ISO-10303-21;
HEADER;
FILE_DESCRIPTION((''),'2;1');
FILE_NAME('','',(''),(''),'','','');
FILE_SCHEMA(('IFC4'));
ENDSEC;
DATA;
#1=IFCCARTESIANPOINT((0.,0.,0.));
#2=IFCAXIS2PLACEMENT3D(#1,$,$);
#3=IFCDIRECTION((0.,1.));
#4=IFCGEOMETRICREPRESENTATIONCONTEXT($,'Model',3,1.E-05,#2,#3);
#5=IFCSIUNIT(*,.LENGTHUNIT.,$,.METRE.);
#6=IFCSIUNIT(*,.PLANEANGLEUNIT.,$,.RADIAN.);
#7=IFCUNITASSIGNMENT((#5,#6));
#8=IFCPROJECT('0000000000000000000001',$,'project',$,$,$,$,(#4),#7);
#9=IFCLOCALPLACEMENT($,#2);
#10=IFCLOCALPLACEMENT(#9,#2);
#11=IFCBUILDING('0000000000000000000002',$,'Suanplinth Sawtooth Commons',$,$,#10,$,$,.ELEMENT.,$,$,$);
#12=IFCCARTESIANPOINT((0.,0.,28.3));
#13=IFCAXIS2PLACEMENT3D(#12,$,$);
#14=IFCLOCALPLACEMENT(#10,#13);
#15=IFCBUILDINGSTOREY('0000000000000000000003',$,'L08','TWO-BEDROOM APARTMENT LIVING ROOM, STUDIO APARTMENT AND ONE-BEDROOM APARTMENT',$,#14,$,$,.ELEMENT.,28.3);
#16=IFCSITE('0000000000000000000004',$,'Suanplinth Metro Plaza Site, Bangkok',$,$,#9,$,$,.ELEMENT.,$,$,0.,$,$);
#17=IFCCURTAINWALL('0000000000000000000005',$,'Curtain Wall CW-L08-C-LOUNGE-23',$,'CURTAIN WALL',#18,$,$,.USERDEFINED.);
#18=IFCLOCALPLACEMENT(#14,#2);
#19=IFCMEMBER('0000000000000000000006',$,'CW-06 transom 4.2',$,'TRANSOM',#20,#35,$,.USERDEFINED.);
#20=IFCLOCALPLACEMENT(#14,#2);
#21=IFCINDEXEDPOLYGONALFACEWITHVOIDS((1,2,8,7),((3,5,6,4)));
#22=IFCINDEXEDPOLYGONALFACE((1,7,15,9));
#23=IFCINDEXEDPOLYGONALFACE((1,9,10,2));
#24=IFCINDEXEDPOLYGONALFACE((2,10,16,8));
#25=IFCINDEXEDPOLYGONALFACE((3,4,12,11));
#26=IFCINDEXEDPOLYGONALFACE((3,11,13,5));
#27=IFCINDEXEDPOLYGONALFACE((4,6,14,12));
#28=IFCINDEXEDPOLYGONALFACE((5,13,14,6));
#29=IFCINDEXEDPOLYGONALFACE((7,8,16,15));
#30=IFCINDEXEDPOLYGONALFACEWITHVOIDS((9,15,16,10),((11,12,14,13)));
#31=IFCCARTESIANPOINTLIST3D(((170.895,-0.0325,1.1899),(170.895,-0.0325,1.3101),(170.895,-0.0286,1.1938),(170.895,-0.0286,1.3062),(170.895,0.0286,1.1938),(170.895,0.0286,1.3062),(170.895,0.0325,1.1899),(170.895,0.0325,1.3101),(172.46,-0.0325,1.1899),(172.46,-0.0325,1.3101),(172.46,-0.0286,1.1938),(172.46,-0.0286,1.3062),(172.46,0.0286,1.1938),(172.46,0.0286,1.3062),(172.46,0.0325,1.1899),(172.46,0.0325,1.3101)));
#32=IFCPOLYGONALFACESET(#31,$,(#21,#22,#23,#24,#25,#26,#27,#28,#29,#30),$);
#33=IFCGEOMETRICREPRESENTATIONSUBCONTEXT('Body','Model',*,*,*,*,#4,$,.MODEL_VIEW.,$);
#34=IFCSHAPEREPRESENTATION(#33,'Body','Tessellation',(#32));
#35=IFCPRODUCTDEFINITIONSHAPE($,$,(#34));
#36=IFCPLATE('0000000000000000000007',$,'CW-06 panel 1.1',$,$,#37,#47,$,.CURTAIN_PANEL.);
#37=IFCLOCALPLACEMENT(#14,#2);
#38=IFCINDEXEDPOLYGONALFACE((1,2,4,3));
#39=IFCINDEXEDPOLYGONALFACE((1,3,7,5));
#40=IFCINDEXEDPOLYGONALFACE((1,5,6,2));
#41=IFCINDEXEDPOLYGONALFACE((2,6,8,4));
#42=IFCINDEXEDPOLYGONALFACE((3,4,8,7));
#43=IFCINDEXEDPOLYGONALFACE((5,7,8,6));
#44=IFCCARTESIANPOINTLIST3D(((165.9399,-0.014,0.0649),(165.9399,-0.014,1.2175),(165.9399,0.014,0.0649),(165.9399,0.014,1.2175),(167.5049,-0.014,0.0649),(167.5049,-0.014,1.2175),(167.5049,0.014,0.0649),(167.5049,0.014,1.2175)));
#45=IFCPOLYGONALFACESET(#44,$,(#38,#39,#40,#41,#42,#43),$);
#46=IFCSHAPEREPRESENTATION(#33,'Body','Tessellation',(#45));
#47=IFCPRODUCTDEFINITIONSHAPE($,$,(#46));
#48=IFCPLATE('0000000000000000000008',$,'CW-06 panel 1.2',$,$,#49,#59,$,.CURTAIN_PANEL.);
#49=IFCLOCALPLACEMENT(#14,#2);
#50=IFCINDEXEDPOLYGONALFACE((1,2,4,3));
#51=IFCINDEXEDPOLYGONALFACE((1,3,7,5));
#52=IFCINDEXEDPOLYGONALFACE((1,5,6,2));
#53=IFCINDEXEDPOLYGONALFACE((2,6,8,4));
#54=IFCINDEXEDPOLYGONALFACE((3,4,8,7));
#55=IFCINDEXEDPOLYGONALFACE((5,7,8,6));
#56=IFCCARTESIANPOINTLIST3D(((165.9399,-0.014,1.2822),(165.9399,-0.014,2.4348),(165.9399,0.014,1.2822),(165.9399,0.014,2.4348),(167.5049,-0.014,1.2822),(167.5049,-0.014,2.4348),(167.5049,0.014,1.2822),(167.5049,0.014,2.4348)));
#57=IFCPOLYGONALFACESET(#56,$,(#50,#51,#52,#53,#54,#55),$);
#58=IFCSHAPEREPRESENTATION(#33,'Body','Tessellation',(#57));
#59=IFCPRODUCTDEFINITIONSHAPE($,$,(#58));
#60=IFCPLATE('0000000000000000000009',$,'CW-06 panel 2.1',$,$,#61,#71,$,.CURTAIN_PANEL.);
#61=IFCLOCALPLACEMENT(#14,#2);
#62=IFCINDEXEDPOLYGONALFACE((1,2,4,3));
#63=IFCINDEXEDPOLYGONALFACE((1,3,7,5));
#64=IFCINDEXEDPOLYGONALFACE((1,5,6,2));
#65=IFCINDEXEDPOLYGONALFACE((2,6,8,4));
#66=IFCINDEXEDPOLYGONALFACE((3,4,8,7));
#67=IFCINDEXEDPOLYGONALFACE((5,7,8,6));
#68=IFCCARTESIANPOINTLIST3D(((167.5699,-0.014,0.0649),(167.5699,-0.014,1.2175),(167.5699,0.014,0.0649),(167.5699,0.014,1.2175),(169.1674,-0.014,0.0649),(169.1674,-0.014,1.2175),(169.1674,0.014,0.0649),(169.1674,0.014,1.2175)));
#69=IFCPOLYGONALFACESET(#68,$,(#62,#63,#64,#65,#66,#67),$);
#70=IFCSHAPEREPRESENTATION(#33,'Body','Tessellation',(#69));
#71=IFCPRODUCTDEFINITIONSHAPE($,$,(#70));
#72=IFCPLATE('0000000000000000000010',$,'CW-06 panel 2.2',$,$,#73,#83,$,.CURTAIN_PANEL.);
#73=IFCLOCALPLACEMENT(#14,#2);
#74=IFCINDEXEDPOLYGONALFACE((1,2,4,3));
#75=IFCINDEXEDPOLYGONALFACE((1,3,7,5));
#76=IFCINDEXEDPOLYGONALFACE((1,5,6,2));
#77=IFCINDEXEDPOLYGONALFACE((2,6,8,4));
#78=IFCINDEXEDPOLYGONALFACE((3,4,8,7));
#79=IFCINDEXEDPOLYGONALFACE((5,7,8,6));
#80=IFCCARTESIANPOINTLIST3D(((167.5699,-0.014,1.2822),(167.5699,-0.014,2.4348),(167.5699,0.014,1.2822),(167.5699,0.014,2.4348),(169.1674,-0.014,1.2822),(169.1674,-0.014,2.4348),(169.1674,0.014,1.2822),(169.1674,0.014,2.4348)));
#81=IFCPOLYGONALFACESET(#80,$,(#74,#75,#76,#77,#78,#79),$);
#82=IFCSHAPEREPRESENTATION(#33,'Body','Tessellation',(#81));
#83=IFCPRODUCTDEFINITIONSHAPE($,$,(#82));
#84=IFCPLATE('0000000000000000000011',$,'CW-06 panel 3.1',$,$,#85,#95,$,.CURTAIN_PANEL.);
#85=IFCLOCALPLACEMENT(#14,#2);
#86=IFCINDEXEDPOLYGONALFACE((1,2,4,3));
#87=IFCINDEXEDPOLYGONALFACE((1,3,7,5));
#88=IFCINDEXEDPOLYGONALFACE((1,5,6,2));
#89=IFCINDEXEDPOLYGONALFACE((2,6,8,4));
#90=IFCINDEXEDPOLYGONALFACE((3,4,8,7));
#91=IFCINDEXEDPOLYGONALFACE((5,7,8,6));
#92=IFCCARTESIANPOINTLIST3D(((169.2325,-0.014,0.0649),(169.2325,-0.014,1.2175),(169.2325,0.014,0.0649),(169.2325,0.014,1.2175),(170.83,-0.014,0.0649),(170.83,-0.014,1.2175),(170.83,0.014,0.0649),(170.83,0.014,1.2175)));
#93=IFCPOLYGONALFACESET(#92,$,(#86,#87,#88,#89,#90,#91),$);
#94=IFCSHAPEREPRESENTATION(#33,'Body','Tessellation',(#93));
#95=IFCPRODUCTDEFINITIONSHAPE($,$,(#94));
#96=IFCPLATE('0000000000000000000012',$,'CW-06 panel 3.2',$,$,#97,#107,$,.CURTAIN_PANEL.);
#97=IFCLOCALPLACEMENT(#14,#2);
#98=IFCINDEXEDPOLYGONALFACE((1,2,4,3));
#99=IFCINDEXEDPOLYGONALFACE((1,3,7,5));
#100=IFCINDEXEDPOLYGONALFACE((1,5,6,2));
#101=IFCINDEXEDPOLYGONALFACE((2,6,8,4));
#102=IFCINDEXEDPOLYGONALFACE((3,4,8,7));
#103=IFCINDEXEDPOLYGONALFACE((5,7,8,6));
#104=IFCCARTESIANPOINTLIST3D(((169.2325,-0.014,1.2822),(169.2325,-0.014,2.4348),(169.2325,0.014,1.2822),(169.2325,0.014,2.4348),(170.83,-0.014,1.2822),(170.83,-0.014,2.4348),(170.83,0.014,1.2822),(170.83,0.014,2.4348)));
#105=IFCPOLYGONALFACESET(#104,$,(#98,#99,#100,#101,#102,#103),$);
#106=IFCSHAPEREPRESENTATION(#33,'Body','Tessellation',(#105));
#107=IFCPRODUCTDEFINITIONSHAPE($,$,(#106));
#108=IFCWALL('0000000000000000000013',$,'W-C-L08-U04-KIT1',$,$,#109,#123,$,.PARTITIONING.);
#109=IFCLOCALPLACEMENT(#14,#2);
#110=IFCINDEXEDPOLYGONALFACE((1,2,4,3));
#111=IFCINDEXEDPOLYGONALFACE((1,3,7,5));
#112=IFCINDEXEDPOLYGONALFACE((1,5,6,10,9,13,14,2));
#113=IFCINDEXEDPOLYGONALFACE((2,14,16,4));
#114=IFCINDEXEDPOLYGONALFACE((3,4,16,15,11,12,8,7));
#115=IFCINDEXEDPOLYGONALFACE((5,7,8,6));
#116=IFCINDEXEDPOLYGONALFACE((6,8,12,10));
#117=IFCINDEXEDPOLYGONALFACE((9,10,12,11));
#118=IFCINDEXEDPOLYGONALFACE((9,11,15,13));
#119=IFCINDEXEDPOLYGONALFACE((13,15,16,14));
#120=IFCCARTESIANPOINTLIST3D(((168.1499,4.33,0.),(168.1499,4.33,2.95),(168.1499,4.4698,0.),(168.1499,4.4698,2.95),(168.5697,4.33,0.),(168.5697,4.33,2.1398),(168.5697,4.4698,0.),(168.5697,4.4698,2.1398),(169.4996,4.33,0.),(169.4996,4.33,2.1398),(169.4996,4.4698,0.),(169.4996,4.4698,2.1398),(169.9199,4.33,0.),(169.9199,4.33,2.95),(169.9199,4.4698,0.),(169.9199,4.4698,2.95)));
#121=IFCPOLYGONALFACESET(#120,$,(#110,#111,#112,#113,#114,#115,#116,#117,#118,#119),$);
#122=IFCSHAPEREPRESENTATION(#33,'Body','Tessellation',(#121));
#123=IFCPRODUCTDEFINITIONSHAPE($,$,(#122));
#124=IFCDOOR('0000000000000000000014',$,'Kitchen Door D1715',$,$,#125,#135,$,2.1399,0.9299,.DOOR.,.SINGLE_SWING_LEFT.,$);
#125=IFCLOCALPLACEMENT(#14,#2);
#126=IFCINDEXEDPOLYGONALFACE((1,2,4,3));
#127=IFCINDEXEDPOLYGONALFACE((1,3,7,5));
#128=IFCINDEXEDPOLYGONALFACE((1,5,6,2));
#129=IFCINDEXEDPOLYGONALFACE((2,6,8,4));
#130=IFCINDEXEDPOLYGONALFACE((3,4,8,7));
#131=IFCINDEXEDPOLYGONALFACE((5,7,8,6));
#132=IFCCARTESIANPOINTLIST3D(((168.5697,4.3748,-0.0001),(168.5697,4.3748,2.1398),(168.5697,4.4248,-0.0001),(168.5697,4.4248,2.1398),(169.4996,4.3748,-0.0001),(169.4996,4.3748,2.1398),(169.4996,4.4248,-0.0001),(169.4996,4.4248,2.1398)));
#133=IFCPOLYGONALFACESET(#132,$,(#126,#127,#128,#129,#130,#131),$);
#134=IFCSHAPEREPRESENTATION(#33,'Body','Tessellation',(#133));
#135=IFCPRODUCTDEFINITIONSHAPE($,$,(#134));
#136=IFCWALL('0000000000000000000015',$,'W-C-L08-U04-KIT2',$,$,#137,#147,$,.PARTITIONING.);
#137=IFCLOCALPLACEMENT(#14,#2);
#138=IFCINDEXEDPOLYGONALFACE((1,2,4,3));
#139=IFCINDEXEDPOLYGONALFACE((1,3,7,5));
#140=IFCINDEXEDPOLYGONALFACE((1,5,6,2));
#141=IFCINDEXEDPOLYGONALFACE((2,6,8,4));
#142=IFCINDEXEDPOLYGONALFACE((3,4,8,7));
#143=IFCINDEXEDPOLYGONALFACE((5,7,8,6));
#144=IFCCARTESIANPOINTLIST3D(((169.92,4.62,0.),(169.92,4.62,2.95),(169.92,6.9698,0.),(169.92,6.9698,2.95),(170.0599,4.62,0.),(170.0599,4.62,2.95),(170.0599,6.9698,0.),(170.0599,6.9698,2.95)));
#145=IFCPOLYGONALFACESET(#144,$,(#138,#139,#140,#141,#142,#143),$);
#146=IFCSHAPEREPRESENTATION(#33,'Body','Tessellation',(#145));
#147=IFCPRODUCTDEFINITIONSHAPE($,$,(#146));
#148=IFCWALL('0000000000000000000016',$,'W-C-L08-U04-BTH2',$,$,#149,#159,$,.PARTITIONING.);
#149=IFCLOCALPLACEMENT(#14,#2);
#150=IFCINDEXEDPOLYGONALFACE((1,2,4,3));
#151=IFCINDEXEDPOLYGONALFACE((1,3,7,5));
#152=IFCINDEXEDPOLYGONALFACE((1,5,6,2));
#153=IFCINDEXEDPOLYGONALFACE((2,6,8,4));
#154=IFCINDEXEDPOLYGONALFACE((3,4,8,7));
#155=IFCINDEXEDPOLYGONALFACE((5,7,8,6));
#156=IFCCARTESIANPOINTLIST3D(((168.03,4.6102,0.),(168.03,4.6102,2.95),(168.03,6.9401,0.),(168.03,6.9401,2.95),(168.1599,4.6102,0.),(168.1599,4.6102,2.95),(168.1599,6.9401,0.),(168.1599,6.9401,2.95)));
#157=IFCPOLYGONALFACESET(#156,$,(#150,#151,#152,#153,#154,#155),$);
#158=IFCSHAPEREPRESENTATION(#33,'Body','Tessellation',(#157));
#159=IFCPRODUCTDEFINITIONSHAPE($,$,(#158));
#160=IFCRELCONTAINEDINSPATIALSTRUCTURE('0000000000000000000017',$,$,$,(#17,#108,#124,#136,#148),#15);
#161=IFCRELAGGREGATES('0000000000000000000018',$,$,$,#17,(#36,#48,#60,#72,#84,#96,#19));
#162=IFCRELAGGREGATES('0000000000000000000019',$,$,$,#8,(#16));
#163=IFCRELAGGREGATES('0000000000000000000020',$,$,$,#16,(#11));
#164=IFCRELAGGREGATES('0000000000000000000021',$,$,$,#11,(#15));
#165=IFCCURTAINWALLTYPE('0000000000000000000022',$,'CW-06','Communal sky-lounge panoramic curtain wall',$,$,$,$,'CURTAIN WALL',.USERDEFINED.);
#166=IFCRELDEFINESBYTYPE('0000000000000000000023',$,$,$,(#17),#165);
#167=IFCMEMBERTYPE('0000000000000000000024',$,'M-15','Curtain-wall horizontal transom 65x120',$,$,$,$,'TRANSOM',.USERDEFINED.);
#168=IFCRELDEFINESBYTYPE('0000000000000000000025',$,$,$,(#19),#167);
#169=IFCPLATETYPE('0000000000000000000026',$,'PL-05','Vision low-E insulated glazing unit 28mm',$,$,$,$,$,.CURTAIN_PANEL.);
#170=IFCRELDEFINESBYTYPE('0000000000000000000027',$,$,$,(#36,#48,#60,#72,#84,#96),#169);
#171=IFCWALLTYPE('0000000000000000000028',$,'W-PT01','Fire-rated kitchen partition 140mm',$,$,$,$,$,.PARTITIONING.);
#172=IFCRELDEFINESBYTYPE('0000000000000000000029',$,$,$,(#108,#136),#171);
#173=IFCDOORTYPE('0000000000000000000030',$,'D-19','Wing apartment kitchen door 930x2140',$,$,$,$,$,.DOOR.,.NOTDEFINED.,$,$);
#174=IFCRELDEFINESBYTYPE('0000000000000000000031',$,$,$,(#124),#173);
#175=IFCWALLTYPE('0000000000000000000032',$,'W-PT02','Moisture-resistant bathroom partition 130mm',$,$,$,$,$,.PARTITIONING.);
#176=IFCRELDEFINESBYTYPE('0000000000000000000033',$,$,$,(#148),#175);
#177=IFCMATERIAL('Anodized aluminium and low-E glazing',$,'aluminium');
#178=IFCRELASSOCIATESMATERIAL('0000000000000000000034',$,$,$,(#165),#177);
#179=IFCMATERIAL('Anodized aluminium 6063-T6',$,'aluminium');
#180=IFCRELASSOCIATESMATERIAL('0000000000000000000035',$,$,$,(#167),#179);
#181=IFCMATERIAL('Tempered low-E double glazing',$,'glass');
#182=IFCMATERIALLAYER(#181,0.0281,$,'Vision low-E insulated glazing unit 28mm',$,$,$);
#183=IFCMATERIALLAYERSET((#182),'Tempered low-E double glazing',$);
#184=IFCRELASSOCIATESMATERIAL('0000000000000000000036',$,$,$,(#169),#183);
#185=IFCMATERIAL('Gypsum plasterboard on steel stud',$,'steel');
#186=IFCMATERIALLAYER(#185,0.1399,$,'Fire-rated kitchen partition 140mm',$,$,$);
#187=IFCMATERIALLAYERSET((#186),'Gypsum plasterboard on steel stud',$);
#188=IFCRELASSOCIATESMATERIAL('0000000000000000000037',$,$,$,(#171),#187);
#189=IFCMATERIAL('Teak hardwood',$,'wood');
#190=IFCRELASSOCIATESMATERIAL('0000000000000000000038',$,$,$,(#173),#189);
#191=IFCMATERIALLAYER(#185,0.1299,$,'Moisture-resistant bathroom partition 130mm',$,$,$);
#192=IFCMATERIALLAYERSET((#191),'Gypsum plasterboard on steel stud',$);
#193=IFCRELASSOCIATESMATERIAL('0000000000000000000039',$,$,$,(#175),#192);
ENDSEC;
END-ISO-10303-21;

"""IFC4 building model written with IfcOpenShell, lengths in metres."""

from ifc_helpers import new_model, si_unit, direction, frame, frame_2d, origin, origin_2d, place, context, subcontext, project, spatial, rectangle, hollow_rectangle, extrude, material, layer, layer_set, material_profile, profile_set, type_object, element, fill, aggregate, save


model = new_model("IFC4")

# Units and contexts
model_context = context("Model", 3, precision=1e-05, world=origin(), true_north=direction((0.0, 1.0)))
body_context = subcontext(model_context, "Body", "Model", "MODEL_VIEW")
ifc_project = project(units=[si_unit("LENGTHUNIT", "METRE"), si_unit("PLANEANGLEUNIT", "RADIAN")], contexts=[model_context])

# Site, building, storey
site_placement = place(None, origin())
site = spatial("IfcSite", under=ifc_project, at=site_placement, Name="Suanplinth Metro Plaza Site, Bangkok", CompositionType="ELEMENT", RefElevation=0.0)
building_placement = place(site_placement, origin())
building = spatial("IfcBuilding", under=site, at=building_placement, Name="Suanplinth Sawtooth Commons", CompositionType="ELEMENT")
storey_placement = place(building_placement, frame((0.0, 0.0, 28.3)))
storey = spatial("IfcBuildingStorey", under=building, at=storey_placement, Name="L08", Description="TWO-BEDROOM APARTMENT LIVING ROOM, STUDIO APARTMENT AND ONE-BEDROOM APARTMENT", CompositionType="ELEMENT", Elevation=28.3)

# Curtain wall, member, plates
ifc_material_1 = material(Name="Anodized aluminium and low-E glazing", Category="aluminium")
curtain_wall_type = type_object("IfcCurtainWallType", Name="CW-06", Description="Communal sky-lounge panoramic curtain wall", ElementType="CURTAIN WALL", PredefinedType="USERDEFINED", material=ifc_material_1)
curtain_wall_placement = place(storey_placement, origin())
curtain_wall = element("IfcCurtainWall", 1, at=curtain_wall_placement, inside=storey, type_object=curtain_wall_type, Name="Curtain Wall CW-L08-C-LOUNGE-23", ObjectType="CURTAIN WALL", PredefinedType="USERDEFINED")
ifc_material_2 = material(Name="Anodized aluminium 6063-T6", Category="aluminium")
ifc_material_profile_1 = material_profile(ifc_material_2, hollow_rectangle(XDim=0.0649, YDim=0.1201, WallThickness=0.0039, at=origin_2d()), Name="ALU-TRN 65x120")
ifc_profile_set_1 = profile_set([ifc_material_profile_1], Name="Anodized aluminium 6063-T6")
member_type_1 = type_object("IfcMemberType", Name="M-15", Description="Curtain-wall horizontal transom 65x120", ElementType="TRANSOM", PredefinedType="USERDEFINED", material=ifc_profile_set_1)
member_1_placement = place(storey_placement, frame((170.895, 0.0, 1.25), z_axis=(1.0, 0.0, 0.0), x_axis=(0.0, 1.0, 0.0)))
member_1 = element("IfcMember", 2, at=member_1_placement, type_object=member_type_1, Name="CW-06 transom 4.2", ObjectType="TRANSOM", PredefinedType="USERDEFINED", context=body_context, shape_type="SweptSolid", body=[
    extrude(hollow_rectangle(XDim=0.0649, YDim=0.1201, WallThickness=0.0039, at=origin_2d()), origin(), (0.0, 0.0, 1.0), 1.5649),
])
ifc_material_3 = material(Name="Tempered low-E double glazing", Category="glass")
ifc_layer_1 = layer(ifc_material_3, 0.0281, Name="Vision low-E insulated glazing unit 28mm")
ifc_layer_set_1 = layer_set([ifc_layer_1], Name="Tempered low-E double glazing")
plate_type = type_object("IfcPlateType", Name="PL-05", Description="Vision low-E insulated glazing unit 28mm", PredefinedType="CURTAIN_PANEL", material=ifc_layer_set_1)
plate_1_placement = place(storey_placement, frame((166.7224, 0.0, 0.0649), z_axis=(0.0, 0.0, 1.0), x_axis=(1.0, 0.0, 0.0)))
plate_1 = element("IfcPlate", 3, at=plate_1_placement, type_object=plate_type, Name="CW-06 panel 1.1", PredefinedType="CURTAIN_PANEL", context=body_context, shape_type="SweptSolid", body=[
    extrude(rectangle(XDim=1.5649, YDim=0.0281, at=origin_2d()), origin(), (0.0, 0.0, 1.0), 1.1526),
])
plate_2_placement = place(storey_placement, frame((166.7224, 0.0, 1.2822), z_axis=(0.0, 0.0, 1.0), x_axis=(1.0, 0.0, 0.0)))
plate_2 = element("IfcPlate", 4, at=plate_2_placement, type_object=plate_type, Name="CW-06 panel 1.2", PredefinedType="CURTAIN_PANEL", context=body_context, shape_type="SweptSolid", body=[
    extrude(rectangle(XDim=1.5649, YDim=0.0281, at=origin_2d()), origin(), (0.0, 0.0, 1.0), 1.1526),
])
plate_3_placement = place(storey_placement, frame((168.3687, 0.0, 0.0649), z_axis=(0.0, 0.0, 1.0), x_axis=(1.0, 0.0, 0.0)))
plate_3 = element("IfcPlate", 5, at=plate_3_placement, type_object=plate_type, Name="CW-06 panel 2.1", PredefinedType="CURTAIN_PANEL", context=body_context, shape_type="SweptSolid", body=[
    extrude(rectangle(XDim=1.5974, YDim=0.0281, at=origin_2d()), origin(), (0.0, 0.0, 1.0), 1.1526),
])
plate_4_placement = place(storey_placement, frame((168.3687, 0.0, 1.2822), z_axis=(0.0, 0.0, 1.0), x_axis=(1.0, 0.0, 0.0)))
plate_4 = element("IfcPlate", 6, at=plate_4_placement, type_object=plate_type, Name="CW-06 panel 2.2", PredefinedType="CURTAIN_PANEL", context=body_context, shape_type="SweptSolid", body=[
    extrude(rectangle(XDim=1.5974, YDim=0.0281, at=origin_2d()), origin(), (0.0, 0.0, 1.0), 1.1526),
])
plate_5_placement = place(storey_placement, frame((170.0312, 0.0, 0.0649), z_axis=(0.0, 0.0, 1.0), x_axis=(1.0, 0.0, 0.0)))
plate_5 = element("IfcPlate", 7, at=plate_5_placement, type_object=plate_type, Name="CW-06 panel 3.1", PredefinedType="CURTAIN_PANEL", context=body_context, shape_type="SweptSolid", body=[
    extrude(rectangle(XDim=1.5974, YDim=0.0281, at=origin_2d()), origin(), (0.0, 0.0, 1.0), 1.1526),
])
plate_6_placement = place(storey_placement, frame((170.0312, 0.0, 1.2822), z_axis=(0.0, 0.0, 1.0), x_axis=(1.0, 0.0, 0.0)))
plate_6 = element("IfcPlate", 8, at=plate_6_placement, type_object=plate_type, Name="CW-06 panel 3.2", PredefinedType="CURTAIN_PANEL", context=body_context, shape_type="SweptSolid", body=[
    extrude(rectangle(XDim=1.5974, YDim=0.0281, at=origin_2d()), origin(), (0.0, 0.0, 1.0), 1.1526),
])
aggregate(curtain_wall, [plate_1, plate_2, plate_3, plate_4, plate_5, plate_6, member_1])

# Wall, opening, door
ifc_material_4 = material(Name="Gypsum plasterboard on steel stud", Category="steel")
ifc_layer_2 = layer(ifc_material_4, 0.1399, Name="Fire-rated kitchen partition 140mm")
ifc_layer_set_2 = layer_set([ifc_layer_2], Name="Gypsum plasterboard on steel stud")
wall_type_1 = type_object("IfcWallType", Name="W-PT01", Description="Fire-rated kitchen partition 140mm", PredefinedType="PARTITIONING", material=ifc_layer_set_2)
wall_1_placement = place(storey_placement, frame((168.1499, 4.3999, 0.0), z_axis=(0.0, 0.0, 1.0), x_axis=(1.0, 0.0, 0.0)))
wall_1 = element("IfcWall", 9, at=wall_1_placement, inside=storey, type_object=wall_type_1, Name="W-C-L08-U04-KIT1", PredefinedType="PARTITIONING", context=body_context, shape_type="SweptSolid", body=[
    extrude(rectangle(XDim=1.77, YDim=0.1399, at=frame_2d((0.885, 0.0))), origin(), (0.0, 0.0, 1.0), 2.95),
])
opening_1_placement = place(wall_1_placement, frame((0.4199, 0.0, 0.0)))
opening_1 = element("IfcOpeningElement", 10, at=opening_1_placement, cuts=wall_1, PredefinedType="OPENING", context=body_context, shape_type="SweptSolid", body=[
    extrude(rectangle(XDim=0.9299, YDim=2.1399, at=frame_2d((0.4648, 1.0698))), frame((0.0, 0.085, 0.0), z_axis=(0.0, -1.0, 0.0), x_axis=(1.0, 0.0, 0.0)), (0.0, 0.0, 1.0), 0.1697),
])
ifc_material_5 = material(Name="Teak hardwood", Category="wood")
door_type_1 = type_object("IfcDoorType", Name="D-19", Description="Wing apartment kitchen door 930x2140", OperationType="NOTDEFINED", PredefinedType="DOOR", material=ifc_material_5)
door_1_placement = place(opening_1_placement, origin())
door_1 = element("IfcDoor", 11, at=door_1_placement, inside=storey, type_object=door_type_1, Name="Kitchen Door D1715", OperationType="SINGLE_SWING_LEFT", OverallHeight=2.1399, OverallWidth=0.9299, PredefinedType="DOOR", context=body_context, shape_type="SweptSolid", body=[
    extrude(rectangle(XDim=0.9299, YDim=2.1399, at=frame_2d((0.4648, 1.0698))), frame((0.0, 0.0249, 0.0), z_axis=(0.0, -1.0, 0.0), x_axis=(1.0, 0.0, 0.0)), (0.0, 0.0, 1.0), 0.05),
])
fill(opening_1, door_1)

# Walls
wall_2_placement = place(storey_placement, frame((169.99, 4.6201, 0.0), z_axis=(0.0, 0.0, 1.0), x_axis=(0.0, 1.0, 0.0)))
element("IfcWall", 12, at=wall_2_placement, inside=storey, type_object=wall_type_1, Name="W-C-L08-U04-KIT2", PredefinedType="PARTITIONING", context=body_context, shape_type="SweptSolid", body=[
    extrude(rectangle(XDim=2.3499, YDim=0.1399, at=frame_2d((1.1748, 0.0))), origin(), (0.0, 0.0, 1.0), 2.95),
])
ifc_layer_3 = layer(ifc_material_4, 0.1299, Name="Moisture-resistant bathroom partition 130mm")
ifc_layer_set_3 = layer_set([ifc_layer_3], Name="Gypsum plasterboard on steel stud")
wall_type_2 = type_object("IfcWallType", Name="W-PT02", Description="Moisture-resistant bathroom partition 130mm", PredefinedType="PARTITIONING", material=ifc_layer_set_3)
wall_3_placement = place(storey_placement, frame((168.095, 4.6101, 0.0), z_axis=(0.0, 0.0, 1.0), x_axis=(0.0, 1.0, 0.0)))
element("IfcWall", 13, at=wall_3_placement, inside=storey, type_object=wall_type_2, Name="W-C-L08-U04-BTH2", PredefinedType="PARTITIONING", context=body_context, shape_type="SweptSolid", body=[
    extrude(rectangle(XDim=2.3298, YDim=0.1299, at=frame_2d((1.165, 0.0))), origin(), (0.0, 0.0, 1.0), 2.95),
])

save(model, "model.ifc")
